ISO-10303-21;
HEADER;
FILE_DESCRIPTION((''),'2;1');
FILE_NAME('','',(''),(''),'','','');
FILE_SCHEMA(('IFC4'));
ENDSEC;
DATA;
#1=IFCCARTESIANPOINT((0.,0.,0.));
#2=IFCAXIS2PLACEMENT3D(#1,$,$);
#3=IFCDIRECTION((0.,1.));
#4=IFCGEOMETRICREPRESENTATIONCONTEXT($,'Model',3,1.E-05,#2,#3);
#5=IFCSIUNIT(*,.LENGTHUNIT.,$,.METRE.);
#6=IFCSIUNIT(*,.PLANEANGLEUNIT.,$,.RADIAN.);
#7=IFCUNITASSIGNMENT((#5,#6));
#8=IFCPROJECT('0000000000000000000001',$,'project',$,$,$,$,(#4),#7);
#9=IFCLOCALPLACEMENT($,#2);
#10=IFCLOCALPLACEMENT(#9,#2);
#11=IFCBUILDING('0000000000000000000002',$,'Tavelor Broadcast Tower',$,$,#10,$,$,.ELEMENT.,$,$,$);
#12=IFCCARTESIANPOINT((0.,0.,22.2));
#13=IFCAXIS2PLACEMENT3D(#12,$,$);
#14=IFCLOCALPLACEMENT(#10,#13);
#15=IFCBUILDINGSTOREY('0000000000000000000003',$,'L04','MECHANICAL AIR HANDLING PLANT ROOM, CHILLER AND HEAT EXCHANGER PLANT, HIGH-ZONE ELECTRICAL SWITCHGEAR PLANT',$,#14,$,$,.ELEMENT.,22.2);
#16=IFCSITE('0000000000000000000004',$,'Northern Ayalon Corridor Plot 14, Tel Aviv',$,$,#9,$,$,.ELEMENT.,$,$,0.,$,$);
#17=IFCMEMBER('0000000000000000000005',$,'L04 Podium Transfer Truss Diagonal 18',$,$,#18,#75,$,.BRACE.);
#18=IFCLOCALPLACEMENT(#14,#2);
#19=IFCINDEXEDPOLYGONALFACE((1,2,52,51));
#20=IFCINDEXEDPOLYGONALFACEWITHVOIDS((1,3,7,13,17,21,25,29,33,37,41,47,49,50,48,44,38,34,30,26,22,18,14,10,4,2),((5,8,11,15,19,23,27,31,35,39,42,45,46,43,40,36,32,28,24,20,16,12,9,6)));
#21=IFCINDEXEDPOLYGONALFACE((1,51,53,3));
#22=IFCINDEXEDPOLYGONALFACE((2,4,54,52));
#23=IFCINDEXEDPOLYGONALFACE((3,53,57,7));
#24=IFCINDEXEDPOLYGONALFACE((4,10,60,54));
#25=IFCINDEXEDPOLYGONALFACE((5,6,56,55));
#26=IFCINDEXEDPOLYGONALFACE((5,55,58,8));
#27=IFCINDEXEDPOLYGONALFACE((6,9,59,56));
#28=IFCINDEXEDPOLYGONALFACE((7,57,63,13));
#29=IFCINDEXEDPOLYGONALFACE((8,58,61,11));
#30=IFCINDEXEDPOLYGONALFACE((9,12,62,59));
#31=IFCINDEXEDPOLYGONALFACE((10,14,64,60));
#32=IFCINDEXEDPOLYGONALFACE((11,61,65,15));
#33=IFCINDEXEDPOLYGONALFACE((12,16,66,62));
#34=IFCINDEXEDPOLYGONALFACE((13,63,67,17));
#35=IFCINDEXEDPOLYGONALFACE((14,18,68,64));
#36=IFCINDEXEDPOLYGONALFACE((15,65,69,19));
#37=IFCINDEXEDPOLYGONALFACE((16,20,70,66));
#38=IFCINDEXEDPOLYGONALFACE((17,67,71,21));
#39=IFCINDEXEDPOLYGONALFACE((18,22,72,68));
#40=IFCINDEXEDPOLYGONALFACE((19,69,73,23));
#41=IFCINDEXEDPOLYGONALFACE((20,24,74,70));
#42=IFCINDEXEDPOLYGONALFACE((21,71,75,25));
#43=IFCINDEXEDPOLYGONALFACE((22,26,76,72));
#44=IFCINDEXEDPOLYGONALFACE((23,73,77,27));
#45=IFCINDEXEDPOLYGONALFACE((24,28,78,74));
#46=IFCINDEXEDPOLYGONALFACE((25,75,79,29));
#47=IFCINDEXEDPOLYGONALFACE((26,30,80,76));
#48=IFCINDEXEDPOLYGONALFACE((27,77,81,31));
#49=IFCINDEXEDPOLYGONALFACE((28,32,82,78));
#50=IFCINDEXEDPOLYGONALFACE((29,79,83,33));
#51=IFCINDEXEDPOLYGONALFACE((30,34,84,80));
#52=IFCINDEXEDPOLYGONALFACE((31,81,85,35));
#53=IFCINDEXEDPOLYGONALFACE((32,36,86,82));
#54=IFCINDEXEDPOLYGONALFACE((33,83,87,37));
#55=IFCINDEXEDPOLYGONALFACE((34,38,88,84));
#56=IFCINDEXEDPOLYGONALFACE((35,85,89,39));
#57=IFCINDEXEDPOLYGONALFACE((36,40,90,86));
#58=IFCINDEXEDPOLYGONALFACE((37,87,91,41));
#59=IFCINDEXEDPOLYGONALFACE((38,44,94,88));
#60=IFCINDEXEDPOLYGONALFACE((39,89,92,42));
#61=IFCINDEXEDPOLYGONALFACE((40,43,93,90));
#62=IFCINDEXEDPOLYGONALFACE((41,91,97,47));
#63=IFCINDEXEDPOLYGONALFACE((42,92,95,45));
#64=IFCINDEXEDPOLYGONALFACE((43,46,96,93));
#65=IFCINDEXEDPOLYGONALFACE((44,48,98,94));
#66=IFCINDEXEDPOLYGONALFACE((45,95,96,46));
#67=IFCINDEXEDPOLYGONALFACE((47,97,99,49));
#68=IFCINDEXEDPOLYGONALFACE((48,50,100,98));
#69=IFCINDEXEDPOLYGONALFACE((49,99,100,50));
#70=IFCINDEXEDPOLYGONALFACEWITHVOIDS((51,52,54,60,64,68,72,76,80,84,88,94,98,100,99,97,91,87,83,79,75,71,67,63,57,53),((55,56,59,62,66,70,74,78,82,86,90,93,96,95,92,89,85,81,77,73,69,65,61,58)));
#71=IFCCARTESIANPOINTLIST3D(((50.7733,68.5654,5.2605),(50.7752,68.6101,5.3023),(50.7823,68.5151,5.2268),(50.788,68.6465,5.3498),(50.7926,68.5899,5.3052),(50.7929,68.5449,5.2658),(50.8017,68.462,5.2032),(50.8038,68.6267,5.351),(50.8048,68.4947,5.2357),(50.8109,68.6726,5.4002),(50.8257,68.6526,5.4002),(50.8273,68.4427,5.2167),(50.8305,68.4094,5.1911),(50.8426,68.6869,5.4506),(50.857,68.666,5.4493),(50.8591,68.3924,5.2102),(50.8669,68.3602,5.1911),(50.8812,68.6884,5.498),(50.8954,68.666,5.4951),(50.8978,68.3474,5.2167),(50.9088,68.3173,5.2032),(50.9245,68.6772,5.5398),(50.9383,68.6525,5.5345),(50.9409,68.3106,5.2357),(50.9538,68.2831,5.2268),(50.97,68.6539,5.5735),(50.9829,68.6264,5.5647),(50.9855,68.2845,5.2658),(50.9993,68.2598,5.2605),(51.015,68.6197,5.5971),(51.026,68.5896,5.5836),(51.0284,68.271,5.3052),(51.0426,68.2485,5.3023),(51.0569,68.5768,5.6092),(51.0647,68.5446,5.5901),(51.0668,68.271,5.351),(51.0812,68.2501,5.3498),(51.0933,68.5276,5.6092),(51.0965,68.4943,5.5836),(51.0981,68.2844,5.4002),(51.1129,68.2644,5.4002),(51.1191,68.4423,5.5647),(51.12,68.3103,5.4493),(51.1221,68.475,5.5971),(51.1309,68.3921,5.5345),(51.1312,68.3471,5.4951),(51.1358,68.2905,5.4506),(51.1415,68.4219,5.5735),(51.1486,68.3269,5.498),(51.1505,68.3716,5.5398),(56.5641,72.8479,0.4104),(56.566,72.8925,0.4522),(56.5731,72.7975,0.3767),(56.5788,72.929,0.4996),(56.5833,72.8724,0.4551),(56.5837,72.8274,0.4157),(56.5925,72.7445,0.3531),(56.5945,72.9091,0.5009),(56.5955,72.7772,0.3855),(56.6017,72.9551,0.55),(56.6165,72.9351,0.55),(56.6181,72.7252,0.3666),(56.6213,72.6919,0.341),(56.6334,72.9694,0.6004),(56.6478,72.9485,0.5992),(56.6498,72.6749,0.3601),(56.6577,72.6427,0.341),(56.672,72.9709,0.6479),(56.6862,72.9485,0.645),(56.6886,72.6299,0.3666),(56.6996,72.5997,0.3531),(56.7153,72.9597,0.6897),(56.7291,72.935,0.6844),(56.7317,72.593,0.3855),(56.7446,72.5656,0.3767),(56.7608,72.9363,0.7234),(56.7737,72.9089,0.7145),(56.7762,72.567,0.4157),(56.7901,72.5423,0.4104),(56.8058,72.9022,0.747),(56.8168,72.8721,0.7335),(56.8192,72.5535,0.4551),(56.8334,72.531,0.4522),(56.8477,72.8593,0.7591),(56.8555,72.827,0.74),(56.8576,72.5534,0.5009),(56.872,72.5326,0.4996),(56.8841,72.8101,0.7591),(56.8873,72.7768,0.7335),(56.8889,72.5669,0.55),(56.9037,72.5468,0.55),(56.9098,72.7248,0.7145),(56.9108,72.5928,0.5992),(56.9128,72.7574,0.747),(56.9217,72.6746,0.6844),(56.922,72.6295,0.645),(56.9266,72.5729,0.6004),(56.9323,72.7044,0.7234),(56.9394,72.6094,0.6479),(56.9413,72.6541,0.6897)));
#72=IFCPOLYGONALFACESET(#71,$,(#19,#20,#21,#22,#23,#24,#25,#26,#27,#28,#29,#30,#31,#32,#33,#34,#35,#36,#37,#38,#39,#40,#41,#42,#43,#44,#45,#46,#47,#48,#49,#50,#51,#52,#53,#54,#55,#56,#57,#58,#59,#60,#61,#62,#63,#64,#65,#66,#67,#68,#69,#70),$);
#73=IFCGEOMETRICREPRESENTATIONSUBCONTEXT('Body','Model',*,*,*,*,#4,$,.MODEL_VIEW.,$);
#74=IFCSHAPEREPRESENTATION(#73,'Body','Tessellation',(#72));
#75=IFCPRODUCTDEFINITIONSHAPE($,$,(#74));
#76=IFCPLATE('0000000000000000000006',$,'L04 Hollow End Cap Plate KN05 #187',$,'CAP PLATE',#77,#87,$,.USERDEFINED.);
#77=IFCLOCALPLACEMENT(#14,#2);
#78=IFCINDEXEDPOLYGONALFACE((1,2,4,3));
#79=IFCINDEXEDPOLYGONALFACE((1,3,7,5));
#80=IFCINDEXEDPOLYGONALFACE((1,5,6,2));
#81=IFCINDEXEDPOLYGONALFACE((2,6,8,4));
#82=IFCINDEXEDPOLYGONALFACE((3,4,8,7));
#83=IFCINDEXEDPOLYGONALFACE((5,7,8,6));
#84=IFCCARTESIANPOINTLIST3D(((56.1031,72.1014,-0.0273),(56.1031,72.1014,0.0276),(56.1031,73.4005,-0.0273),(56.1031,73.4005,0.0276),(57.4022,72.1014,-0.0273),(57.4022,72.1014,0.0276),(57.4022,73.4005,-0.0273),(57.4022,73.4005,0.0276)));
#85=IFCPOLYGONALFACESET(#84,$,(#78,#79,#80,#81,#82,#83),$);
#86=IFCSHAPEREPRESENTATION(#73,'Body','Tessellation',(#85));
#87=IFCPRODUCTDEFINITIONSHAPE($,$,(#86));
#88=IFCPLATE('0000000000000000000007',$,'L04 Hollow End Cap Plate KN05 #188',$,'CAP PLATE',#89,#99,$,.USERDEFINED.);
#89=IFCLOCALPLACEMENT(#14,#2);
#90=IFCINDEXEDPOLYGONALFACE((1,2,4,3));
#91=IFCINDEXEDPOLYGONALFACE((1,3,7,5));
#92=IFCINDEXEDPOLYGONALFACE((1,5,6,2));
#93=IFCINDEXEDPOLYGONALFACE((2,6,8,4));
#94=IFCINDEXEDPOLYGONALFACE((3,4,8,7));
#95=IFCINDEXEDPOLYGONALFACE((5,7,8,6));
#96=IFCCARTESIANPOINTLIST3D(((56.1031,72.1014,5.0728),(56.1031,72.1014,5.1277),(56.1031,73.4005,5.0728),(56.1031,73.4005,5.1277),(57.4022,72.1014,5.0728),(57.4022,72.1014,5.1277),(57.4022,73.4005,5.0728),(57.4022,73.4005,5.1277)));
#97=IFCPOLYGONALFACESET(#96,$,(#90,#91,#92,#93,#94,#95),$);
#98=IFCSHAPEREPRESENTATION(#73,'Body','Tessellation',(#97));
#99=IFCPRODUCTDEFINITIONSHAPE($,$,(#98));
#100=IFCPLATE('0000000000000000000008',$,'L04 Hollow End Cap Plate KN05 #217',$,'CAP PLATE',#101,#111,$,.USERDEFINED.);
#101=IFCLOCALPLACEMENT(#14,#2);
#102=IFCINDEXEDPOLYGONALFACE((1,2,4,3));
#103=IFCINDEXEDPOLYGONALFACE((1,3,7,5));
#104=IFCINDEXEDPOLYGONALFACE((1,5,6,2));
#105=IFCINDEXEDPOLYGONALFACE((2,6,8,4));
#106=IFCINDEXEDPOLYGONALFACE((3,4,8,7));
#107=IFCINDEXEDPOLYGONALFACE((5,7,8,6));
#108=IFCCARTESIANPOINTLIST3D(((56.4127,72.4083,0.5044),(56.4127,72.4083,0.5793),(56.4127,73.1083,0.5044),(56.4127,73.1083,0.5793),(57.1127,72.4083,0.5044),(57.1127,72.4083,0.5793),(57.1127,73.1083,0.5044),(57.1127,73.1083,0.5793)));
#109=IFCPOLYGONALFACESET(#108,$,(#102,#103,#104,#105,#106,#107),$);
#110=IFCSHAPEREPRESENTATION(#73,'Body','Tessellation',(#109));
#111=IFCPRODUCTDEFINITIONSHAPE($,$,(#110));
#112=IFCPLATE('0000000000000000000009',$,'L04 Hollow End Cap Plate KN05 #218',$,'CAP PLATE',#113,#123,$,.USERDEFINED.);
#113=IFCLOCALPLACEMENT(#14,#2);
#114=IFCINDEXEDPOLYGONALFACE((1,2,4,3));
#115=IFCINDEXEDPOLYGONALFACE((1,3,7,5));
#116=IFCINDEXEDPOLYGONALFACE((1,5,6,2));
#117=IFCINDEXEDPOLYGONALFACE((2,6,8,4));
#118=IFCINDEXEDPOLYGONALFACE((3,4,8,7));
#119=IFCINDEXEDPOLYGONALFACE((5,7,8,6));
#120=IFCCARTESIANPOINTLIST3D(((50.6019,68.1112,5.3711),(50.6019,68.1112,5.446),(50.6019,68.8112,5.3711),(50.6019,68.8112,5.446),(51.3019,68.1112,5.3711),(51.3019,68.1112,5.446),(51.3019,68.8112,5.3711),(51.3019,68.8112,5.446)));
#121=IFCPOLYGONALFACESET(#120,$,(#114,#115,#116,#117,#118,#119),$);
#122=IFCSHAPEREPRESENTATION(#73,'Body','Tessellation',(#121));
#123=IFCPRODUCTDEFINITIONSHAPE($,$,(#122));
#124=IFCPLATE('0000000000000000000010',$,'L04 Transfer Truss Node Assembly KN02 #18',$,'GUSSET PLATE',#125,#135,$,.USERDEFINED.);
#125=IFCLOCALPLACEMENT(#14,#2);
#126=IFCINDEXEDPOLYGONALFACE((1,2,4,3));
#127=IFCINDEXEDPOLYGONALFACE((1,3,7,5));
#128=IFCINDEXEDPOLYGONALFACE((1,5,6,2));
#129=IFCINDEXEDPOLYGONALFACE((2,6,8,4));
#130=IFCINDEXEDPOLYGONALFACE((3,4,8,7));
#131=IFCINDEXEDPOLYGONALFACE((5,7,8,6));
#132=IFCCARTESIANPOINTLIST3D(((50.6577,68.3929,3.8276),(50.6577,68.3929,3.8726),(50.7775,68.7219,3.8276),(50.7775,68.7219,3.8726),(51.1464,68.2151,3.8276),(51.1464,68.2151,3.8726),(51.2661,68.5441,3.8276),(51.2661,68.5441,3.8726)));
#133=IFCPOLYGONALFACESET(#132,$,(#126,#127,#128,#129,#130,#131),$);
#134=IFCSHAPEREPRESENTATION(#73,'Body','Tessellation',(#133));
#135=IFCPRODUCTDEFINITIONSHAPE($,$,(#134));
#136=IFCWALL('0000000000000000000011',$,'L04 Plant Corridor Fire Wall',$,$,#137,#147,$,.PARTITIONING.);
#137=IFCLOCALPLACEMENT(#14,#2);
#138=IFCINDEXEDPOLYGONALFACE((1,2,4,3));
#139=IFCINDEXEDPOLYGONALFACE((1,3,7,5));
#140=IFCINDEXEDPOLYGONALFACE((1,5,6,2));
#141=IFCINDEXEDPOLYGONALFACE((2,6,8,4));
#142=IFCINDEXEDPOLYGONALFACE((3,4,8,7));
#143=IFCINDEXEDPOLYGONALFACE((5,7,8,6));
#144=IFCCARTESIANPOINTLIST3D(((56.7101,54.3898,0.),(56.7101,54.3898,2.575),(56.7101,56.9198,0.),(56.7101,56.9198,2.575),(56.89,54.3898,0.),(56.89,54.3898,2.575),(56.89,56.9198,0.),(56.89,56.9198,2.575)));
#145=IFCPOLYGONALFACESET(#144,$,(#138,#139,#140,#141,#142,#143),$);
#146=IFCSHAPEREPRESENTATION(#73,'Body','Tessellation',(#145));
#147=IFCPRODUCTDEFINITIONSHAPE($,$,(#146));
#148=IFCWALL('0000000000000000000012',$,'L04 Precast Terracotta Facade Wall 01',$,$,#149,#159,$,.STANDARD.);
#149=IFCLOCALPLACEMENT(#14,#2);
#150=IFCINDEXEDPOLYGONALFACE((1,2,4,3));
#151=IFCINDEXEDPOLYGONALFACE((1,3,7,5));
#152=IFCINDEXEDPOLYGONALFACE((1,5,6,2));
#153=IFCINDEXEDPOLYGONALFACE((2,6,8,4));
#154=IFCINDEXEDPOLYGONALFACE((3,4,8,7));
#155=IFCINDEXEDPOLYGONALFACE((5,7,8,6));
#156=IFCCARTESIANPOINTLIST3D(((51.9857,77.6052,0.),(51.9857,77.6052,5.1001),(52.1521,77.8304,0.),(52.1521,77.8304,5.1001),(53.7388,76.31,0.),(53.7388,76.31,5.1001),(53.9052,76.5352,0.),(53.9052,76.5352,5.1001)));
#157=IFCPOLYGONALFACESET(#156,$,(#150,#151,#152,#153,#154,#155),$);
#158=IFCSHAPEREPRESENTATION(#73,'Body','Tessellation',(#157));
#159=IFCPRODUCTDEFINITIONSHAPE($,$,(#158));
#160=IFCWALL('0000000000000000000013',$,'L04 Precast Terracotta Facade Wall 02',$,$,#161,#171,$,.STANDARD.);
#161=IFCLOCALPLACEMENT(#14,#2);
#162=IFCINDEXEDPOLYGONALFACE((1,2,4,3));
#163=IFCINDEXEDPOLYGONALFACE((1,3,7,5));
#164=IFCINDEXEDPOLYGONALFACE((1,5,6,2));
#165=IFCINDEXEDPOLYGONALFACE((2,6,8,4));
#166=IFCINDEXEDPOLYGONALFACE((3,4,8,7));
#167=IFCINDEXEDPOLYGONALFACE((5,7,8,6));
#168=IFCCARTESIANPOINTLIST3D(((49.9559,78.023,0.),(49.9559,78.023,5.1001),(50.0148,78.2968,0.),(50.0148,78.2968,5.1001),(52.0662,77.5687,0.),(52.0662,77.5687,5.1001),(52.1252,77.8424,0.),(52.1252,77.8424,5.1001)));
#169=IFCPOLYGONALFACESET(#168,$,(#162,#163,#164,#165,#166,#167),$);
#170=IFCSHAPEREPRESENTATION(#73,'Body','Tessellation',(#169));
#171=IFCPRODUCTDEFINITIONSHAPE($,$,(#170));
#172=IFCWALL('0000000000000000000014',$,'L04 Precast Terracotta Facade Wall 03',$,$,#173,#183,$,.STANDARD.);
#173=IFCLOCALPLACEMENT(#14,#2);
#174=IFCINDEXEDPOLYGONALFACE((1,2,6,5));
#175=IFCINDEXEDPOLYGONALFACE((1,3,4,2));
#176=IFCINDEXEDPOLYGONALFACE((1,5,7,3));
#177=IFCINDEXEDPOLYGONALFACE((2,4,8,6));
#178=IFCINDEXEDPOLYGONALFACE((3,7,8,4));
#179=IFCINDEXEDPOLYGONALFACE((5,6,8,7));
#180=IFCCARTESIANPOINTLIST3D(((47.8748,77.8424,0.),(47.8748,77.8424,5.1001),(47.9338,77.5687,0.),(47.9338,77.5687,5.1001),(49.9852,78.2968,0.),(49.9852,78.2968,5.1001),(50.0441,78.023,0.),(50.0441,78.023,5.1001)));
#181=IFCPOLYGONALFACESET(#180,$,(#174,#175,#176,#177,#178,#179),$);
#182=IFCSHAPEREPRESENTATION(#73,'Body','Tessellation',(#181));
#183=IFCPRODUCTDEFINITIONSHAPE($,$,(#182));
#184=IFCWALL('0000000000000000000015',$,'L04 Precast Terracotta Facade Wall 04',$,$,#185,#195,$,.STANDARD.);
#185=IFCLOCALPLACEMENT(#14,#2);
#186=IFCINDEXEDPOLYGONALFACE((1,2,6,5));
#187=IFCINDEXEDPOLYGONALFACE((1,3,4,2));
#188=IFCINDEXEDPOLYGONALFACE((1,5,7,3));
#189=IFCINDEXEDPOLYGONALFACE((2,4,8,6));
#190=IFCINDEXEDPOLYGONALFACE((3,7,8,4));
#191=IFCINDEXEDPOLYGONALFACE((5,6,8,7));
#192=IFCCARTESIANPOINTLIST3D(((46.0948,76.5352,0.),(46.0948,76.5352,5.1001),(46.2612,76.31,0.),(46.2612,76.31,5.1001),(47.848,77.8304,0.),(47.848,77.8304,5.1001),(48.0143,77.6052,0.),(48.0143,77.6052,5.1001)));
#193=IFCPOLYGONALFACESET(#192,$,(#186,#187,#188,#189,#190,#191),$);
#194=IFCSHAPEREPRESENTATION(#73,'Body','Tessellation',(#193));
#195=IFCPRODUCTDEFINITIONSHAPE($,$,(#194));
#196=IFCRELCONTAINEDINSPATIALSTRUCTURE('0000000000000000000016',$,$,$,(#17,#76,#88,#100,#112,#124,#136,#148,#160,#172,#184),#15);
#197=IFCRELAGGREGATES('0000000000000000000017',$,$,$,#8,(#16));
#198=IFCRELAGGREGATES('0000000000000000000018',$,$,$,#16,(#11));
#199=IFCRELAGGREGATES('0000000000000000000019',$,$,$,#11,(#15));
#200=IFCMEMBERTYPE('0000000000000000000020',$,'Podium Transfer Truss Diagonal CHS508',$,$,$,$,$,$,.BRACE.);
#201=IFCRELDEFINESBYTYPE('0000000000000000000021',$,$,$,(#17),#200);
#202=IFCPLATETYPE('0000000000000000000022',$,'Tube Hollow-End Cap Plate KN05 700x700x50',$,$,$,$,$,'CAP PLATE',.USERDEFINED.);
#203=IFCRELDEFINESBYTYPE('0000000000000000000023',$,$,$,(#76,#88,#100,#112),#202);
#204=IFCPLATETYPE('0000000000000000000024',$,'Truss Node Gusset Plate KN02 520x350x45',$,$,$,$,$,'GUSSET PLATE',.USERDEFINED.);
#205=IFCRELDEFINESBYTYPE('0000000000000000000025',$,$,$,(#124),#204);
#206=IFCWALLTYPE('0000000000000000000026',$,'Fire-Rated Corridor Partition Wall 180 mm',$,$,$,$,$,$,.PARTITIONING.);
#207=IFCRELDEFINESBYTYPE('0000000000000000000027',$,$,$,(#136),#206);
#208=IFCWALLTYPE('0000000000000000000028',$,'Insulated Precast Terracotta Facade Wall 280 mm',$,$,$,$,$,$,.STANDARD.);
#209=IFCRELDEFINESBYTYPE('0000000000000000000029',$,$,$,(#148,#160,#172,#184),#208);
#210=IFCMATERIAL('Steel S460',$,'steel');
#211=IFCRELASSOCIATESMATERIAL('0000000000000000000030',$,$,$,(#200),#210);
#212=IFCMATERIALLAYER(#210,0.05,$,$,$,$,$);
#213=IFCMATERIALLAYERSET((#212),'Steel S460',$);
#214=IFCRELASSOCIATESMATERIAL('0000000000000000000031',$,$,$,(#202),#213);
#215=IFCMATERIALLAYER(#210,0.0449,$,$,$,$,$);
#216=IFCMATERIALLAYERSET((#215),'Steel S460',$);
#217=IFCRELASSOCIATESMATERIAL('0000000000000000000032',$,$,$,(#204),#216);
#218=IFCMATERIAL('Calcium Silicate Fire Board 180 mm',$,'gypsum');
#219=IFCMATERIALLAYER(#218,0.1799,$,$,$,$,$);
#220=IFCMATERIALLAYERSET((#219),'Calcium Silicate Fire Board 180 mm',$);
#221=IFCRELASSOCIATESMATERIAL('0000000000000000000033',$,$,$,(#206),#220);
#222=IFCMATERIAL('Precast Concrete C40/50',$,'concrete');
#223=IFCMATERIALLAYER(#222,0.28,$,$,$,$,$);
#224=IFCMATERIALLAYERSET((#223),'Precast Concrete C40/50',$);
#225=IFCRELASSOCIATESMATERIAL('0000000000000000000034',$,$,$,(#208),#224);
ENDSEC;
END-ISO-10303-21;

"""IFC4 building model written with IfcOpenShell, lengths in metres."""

from ifc_helpers import new_model, si_unit, direction, frame, frame_2d, origin, origin_2d, place, context, subcontext, project, spatial, rectangle, hollow_circle, extrude, source, transform, mapped, material, layer, layer_set, material_profile, profile_set, type_object, type_shapes, element, save


model = new_model("IFC4")

# Units and contexts
model_context = context("Model", 3, precision=1e-05, world=origin(), true_north=direction((0.0, 1.0)))
body_context = subcontext(model_context, "Body", "Model", "MODEL_VIEW")
ifc_project = project(units=[si_unit("LENGTHUNIT", "METRE"), si_unit("PLANEANGLEUNIT", "RADIAN")], contexts=[model_context])

# Site, building, storey
site_placement = place(None, origin())
site = spatial("IfcSite", under=ifc_project, at=site_placement, Name="Northern Ayalon Corridor Plot 14, Tel Aviv", CompositionType="ELEMENT", RefElevation=0.0)
building_placement = place(site_placement, origin())
building = spatial("IfcBuilding", under=site, at=building_placement, Name="Tavelor Broadcast Tower", CompositionType="ELEMENT")
storey_placement = place(building_placement, frame((0.0, 0.0, 22.2)))
storey = spatial("IfcBuildingStorey", under=building, at=storey_placement, Name="L04", Description="MECHANICAL AIR HANDLING PLANT ROOM, CHILLER AND HEAT EXCHANGER PLANT, HIGH-ZONE ELECTRICAL SWITCHGEAR PLANT", CompositionType="ELEMENT", Elevation=22.2)

# Shared definitions
ifc_material_1 = material(Name="Steel S460", Category="steel")

# Member
ifc_material_profile_1 = material_profile(ifc_material_1, hollow_circle(Radius=0.2539, WallThickness=0.0249, at=origin_2d()), Name="CHS 508x25")
ifc_profile_set_1 = profile_set([ifc_material_profile_1], Name="Steel S460")
member_type = type_object("IfcMemberType", Name="Podium Transfer Truss Diagonal CHS508", PredefinedType="BRACE", material=ifc_profile_set_1)
member_placement = place(storey_placement, frame((56.7527, 72.751, 0.55), z_axis=(-0.666902, -0.493197, 0.558568), x_axis=(0.594601, -0.804021, 0.0)))
element("IfcMember", 1, at=member_placement, inside=storey, type_object=member_type, Name="L04 Podium Transfer Truss Diagonal 18", PredefinedType="BRACE", context=body_context, shape_type="SweptSolid", body=[
    extrude(hollow_circle(Radius=0.2539, WallThickness=0.0249, at=origin_2d()), origin(), (0.0, 0.0, 1.0), 8.6831),
])

# Plates
ifc_layer_1 = layer(ifc_material_1, 0.05)
ifc_layer_set_1 = layer_set([ifc_layer_1], Name="Steel S460")
plate_type_1 = type_object("IfcPlateType", Name="Tube Hollow-End Cap Plate KN05 700x700x50", ElementType="CAP PLATE", PredefinedType="USERDEFINED", material=ifc_layer_set_1)
shared_shape_1 = source(origin(), body_context, "Body", "SweptSolid", [
    extrude(rectangle(XDim=1.2991, YDim=1.2991, at=origin_2d()), origin(), (0.0, 0.0, 1.0), 0.0549),
])
for number, where, z_axis, x_axis, name in (
    (2, (56.7527, 72.751, -0.0273), (0.0, 0.0, 1.0), (1.0, 0.0, 0.0), "L04 Hollow End Cap Plate KN05 #187"),
    (3, (56.7527, 72.751, 5.0728), (0.0, 0.0, 1.0), (1.0, 0.0, 0.0), "L04 Hollow End Cap Plate KN05 #188"),
):
    element("IfcPlate", number, at=place(storey_placement, frame(where, z_axis=z_axis, x_axis=x_axis)), inside=storey, type_object=plate_type_1, Name=name, ObjectType="CAP PLATE", PredefinedType="USERDEFINED", context=body_context, shape_type="MappedRepresentation", body=[
        mapped(shared_shape_1, transform((0.0, 0.0, 0.0), scale=1.0)),
    ])
shared_shape_2 = source(origin(), body_context, "Body", "SweptSolid", [
    extrude(rectangle(XDim=0.7, YDim=0.7, at=origin_2d()), origin(), (0.0, 0.0, 1.0), 0.075),
])
type_shapes(plate_type_1, [shared_shape_1, shared_shape_2])
for number, where, z_axis, x_axis, name in (
    (4, (56.7627, 72.7583, 0.5044), (0.0, 0.0, 1.0), (1.0, 0.0, 0.0), "L04 Hollow End Cap Plate KN05 #217"),
    (5, (50.9519, 68.4612, 5.3711), (0.0, 0.0, 1.0), (1.0, 0.0, 0.0), "L04 Hollow End Cap Plate KN05 #218"),
):
    element("IfcPlate", number, at=place(storey_placement, frame(where, z_axis=z_axis, x_axis=x_axis)), inside=storey, type_object=plate_type_1, Name=name, ObjectType="CAP PLATE", PredefinedType="USERDEFINED", context=body_context, shape_type="MappedRepresentation", body=[
        mapped(shared_shape_2, transform((0.0, 0.0, 0.0), scale=1.0)),
    ])
ifc_layer_2 = layer(ifc_material_1, 0.0449)
ifc_layer_set_2 = layer_set([ifc_layer_2], Name="Steel S460")
plate_type_2 = type_object("IfcPlateType", Name="Truss Node Gusset Plate KN02 520x350x45", ElementType="GUSSET PLATE", PredefinedType="USERDEFINED", material=ifc_layer_set_2)
shared_shape_3 = source(origin(), body_context, "Body", "SweptSolid", [
    extrude(rectangle(XDim=0.52, YDim=0.3501, at=origin_2d()), origin(), (0.0, 0.0, 1.0), 0.0449),
])
type_shapes(plate_type_2, [shared_shape_3])
plate_placement = place(storey_placement, frame((50.9619, 68.4685, 3.8276), z_axis=(0.0, 0.0, 1.0), x_axis=(0.939693, -0.34202, 0.0)))
element("IfcPlate", 6, at=plate_placement, inside=storey, type_object=plate_type_2, Name="L04 Transfer Truss Node Assembly KN02 #18", ObjectType="GUSSET PLATE", PredefinedType="USERDEFINED", context=body_context, shape_type="MappedRepresentation", body=[
    mapped(shared_shape_3, transform((0.0, 0.0, 0.0), scale=1.0)),
])

# Walls
ifc_material_2 = material(Name="Calcium Silicate Fire Board 180 mm", Category="gypsum")
ifc_layer_3 = layer(ifc_material_2, 0.1799)
ifc_layer_set_3 = layer_set([ifc_layer_3], Name="Calcium Silicate Fire Board 180 mm")
wall_type_1 = type_object("IfcWallType", Name="Fire-Rated Corridor Partition Wall 180 mm", PredefinedType="PARTITIONING", material=ifc_layer_set_3)
wall_1_placement = place(storey_placement, frame((56.8, 56.9199, 0.0), z_axis=(0.0, 0.0, 1.0), x_axis=(0.0, -1.0, 0.0)))
element("IfcWall", 7, at=wall_1_placement, inside=storey, type_object=wall_type_1, Name="L04 Plant Corridor Fire Wall", PredefinedType="PARTITIONING", context=body_context, shape_type="SweptSolid", body=[
    extrude(rectangle(XDim=2.53, YDim=0.1799, at=frame_2d((1.2651, 0.0))), origin(), (0.0, 0.0, 1.0), 2.575),
])
ifc_material_3 = material(Name="Precast Concrete C40/50", Category="concrete")
ifc_layer_4 = layer(ifc_material_3, 0.28)
ifc_layer_set_4 = layer_set([ifc_layer_4], Name="Precast Concrete C40/50")
wall_type_2 = type_object("IfcWallType", Name="Insulated Precast Terracotta Facade Wall 280 mm", PredefinedType="STANDARD", material=ifc_layer_set_4)
wall_2_placement = place(storey_placement, frame((53.822, 76.4226, 0.0), z_axis=(0.0, 0.0, 1.0), x_axis=(-0.80432, 0.594196, 0.0)))
element("IfcWall", 8, at=wall_2_placement, inside=storey, type_object=wall_type_2, Name="L04 Precast Terracotta Facade Wall 01", PredefinedType="STANDARD", context=body_context, shape_type="SweptSolid", body=[
    extrude(rectangle(XDim=2.1797, YDim=0.28, at=frame_2d((1.0898, 0.0))), origin(), (0.0, 0.0, 1.0), 5.1001),
])
for number, where, z_axis, x_axis, name in (
    (9, (52.0957, 77.7056, 0.0), (0.0, 0.0, 1.0), (-0.9776, 0.210471, 0.0), "L04 Precast Terracotta Facade Wall 02"),
    (10, (50.0146, 78.1599, 0.0), (0.0, 0.0, 1.0), (-0.9776, -0.210471, 0.0), "L04 Precast Terracotta Facade Wall 03"),
):
    element("IfcWall", number, at=place(storey_placement, frame(where, z_axis=z_axis, x_axis=x_axis)), inside=storey, type_object=wall_type_2, Name=name, PredefinedType="STANDARD", context=body_context, shape_type="SweptSolid", body=[
        extrude(rectangle(XDim=2.1587, YDim=0.28, at=frame_2d((1.0793, 0.0))), origin(), (0.0, 0.0, 1.0), 5.1001),
    ])
wall_3_placement = place(storey_placement, frame((47.9312, 77.7178, 0.0), z_axis=(0.0, 0.0, 1.0), x_axis=(-0.80432, -0.594196, 0.0)))
element("IfcWall", 11, at=wall_3_placement, inside=storey, type_object=wall_type_2, Name="L04 Precast Terracotta Facade Wall 04", PredefinedType="STANDARD", context=body_context, shape_type="SweptSolid", body=[
    extrude(rectangle(XDim=2.1797, YDim=0.28, at=frame_2d((1.0898, 0.0))), origin(), (0.0, 0.0, 1.0), 5.1001),
])

save(model, "model.ifc")
